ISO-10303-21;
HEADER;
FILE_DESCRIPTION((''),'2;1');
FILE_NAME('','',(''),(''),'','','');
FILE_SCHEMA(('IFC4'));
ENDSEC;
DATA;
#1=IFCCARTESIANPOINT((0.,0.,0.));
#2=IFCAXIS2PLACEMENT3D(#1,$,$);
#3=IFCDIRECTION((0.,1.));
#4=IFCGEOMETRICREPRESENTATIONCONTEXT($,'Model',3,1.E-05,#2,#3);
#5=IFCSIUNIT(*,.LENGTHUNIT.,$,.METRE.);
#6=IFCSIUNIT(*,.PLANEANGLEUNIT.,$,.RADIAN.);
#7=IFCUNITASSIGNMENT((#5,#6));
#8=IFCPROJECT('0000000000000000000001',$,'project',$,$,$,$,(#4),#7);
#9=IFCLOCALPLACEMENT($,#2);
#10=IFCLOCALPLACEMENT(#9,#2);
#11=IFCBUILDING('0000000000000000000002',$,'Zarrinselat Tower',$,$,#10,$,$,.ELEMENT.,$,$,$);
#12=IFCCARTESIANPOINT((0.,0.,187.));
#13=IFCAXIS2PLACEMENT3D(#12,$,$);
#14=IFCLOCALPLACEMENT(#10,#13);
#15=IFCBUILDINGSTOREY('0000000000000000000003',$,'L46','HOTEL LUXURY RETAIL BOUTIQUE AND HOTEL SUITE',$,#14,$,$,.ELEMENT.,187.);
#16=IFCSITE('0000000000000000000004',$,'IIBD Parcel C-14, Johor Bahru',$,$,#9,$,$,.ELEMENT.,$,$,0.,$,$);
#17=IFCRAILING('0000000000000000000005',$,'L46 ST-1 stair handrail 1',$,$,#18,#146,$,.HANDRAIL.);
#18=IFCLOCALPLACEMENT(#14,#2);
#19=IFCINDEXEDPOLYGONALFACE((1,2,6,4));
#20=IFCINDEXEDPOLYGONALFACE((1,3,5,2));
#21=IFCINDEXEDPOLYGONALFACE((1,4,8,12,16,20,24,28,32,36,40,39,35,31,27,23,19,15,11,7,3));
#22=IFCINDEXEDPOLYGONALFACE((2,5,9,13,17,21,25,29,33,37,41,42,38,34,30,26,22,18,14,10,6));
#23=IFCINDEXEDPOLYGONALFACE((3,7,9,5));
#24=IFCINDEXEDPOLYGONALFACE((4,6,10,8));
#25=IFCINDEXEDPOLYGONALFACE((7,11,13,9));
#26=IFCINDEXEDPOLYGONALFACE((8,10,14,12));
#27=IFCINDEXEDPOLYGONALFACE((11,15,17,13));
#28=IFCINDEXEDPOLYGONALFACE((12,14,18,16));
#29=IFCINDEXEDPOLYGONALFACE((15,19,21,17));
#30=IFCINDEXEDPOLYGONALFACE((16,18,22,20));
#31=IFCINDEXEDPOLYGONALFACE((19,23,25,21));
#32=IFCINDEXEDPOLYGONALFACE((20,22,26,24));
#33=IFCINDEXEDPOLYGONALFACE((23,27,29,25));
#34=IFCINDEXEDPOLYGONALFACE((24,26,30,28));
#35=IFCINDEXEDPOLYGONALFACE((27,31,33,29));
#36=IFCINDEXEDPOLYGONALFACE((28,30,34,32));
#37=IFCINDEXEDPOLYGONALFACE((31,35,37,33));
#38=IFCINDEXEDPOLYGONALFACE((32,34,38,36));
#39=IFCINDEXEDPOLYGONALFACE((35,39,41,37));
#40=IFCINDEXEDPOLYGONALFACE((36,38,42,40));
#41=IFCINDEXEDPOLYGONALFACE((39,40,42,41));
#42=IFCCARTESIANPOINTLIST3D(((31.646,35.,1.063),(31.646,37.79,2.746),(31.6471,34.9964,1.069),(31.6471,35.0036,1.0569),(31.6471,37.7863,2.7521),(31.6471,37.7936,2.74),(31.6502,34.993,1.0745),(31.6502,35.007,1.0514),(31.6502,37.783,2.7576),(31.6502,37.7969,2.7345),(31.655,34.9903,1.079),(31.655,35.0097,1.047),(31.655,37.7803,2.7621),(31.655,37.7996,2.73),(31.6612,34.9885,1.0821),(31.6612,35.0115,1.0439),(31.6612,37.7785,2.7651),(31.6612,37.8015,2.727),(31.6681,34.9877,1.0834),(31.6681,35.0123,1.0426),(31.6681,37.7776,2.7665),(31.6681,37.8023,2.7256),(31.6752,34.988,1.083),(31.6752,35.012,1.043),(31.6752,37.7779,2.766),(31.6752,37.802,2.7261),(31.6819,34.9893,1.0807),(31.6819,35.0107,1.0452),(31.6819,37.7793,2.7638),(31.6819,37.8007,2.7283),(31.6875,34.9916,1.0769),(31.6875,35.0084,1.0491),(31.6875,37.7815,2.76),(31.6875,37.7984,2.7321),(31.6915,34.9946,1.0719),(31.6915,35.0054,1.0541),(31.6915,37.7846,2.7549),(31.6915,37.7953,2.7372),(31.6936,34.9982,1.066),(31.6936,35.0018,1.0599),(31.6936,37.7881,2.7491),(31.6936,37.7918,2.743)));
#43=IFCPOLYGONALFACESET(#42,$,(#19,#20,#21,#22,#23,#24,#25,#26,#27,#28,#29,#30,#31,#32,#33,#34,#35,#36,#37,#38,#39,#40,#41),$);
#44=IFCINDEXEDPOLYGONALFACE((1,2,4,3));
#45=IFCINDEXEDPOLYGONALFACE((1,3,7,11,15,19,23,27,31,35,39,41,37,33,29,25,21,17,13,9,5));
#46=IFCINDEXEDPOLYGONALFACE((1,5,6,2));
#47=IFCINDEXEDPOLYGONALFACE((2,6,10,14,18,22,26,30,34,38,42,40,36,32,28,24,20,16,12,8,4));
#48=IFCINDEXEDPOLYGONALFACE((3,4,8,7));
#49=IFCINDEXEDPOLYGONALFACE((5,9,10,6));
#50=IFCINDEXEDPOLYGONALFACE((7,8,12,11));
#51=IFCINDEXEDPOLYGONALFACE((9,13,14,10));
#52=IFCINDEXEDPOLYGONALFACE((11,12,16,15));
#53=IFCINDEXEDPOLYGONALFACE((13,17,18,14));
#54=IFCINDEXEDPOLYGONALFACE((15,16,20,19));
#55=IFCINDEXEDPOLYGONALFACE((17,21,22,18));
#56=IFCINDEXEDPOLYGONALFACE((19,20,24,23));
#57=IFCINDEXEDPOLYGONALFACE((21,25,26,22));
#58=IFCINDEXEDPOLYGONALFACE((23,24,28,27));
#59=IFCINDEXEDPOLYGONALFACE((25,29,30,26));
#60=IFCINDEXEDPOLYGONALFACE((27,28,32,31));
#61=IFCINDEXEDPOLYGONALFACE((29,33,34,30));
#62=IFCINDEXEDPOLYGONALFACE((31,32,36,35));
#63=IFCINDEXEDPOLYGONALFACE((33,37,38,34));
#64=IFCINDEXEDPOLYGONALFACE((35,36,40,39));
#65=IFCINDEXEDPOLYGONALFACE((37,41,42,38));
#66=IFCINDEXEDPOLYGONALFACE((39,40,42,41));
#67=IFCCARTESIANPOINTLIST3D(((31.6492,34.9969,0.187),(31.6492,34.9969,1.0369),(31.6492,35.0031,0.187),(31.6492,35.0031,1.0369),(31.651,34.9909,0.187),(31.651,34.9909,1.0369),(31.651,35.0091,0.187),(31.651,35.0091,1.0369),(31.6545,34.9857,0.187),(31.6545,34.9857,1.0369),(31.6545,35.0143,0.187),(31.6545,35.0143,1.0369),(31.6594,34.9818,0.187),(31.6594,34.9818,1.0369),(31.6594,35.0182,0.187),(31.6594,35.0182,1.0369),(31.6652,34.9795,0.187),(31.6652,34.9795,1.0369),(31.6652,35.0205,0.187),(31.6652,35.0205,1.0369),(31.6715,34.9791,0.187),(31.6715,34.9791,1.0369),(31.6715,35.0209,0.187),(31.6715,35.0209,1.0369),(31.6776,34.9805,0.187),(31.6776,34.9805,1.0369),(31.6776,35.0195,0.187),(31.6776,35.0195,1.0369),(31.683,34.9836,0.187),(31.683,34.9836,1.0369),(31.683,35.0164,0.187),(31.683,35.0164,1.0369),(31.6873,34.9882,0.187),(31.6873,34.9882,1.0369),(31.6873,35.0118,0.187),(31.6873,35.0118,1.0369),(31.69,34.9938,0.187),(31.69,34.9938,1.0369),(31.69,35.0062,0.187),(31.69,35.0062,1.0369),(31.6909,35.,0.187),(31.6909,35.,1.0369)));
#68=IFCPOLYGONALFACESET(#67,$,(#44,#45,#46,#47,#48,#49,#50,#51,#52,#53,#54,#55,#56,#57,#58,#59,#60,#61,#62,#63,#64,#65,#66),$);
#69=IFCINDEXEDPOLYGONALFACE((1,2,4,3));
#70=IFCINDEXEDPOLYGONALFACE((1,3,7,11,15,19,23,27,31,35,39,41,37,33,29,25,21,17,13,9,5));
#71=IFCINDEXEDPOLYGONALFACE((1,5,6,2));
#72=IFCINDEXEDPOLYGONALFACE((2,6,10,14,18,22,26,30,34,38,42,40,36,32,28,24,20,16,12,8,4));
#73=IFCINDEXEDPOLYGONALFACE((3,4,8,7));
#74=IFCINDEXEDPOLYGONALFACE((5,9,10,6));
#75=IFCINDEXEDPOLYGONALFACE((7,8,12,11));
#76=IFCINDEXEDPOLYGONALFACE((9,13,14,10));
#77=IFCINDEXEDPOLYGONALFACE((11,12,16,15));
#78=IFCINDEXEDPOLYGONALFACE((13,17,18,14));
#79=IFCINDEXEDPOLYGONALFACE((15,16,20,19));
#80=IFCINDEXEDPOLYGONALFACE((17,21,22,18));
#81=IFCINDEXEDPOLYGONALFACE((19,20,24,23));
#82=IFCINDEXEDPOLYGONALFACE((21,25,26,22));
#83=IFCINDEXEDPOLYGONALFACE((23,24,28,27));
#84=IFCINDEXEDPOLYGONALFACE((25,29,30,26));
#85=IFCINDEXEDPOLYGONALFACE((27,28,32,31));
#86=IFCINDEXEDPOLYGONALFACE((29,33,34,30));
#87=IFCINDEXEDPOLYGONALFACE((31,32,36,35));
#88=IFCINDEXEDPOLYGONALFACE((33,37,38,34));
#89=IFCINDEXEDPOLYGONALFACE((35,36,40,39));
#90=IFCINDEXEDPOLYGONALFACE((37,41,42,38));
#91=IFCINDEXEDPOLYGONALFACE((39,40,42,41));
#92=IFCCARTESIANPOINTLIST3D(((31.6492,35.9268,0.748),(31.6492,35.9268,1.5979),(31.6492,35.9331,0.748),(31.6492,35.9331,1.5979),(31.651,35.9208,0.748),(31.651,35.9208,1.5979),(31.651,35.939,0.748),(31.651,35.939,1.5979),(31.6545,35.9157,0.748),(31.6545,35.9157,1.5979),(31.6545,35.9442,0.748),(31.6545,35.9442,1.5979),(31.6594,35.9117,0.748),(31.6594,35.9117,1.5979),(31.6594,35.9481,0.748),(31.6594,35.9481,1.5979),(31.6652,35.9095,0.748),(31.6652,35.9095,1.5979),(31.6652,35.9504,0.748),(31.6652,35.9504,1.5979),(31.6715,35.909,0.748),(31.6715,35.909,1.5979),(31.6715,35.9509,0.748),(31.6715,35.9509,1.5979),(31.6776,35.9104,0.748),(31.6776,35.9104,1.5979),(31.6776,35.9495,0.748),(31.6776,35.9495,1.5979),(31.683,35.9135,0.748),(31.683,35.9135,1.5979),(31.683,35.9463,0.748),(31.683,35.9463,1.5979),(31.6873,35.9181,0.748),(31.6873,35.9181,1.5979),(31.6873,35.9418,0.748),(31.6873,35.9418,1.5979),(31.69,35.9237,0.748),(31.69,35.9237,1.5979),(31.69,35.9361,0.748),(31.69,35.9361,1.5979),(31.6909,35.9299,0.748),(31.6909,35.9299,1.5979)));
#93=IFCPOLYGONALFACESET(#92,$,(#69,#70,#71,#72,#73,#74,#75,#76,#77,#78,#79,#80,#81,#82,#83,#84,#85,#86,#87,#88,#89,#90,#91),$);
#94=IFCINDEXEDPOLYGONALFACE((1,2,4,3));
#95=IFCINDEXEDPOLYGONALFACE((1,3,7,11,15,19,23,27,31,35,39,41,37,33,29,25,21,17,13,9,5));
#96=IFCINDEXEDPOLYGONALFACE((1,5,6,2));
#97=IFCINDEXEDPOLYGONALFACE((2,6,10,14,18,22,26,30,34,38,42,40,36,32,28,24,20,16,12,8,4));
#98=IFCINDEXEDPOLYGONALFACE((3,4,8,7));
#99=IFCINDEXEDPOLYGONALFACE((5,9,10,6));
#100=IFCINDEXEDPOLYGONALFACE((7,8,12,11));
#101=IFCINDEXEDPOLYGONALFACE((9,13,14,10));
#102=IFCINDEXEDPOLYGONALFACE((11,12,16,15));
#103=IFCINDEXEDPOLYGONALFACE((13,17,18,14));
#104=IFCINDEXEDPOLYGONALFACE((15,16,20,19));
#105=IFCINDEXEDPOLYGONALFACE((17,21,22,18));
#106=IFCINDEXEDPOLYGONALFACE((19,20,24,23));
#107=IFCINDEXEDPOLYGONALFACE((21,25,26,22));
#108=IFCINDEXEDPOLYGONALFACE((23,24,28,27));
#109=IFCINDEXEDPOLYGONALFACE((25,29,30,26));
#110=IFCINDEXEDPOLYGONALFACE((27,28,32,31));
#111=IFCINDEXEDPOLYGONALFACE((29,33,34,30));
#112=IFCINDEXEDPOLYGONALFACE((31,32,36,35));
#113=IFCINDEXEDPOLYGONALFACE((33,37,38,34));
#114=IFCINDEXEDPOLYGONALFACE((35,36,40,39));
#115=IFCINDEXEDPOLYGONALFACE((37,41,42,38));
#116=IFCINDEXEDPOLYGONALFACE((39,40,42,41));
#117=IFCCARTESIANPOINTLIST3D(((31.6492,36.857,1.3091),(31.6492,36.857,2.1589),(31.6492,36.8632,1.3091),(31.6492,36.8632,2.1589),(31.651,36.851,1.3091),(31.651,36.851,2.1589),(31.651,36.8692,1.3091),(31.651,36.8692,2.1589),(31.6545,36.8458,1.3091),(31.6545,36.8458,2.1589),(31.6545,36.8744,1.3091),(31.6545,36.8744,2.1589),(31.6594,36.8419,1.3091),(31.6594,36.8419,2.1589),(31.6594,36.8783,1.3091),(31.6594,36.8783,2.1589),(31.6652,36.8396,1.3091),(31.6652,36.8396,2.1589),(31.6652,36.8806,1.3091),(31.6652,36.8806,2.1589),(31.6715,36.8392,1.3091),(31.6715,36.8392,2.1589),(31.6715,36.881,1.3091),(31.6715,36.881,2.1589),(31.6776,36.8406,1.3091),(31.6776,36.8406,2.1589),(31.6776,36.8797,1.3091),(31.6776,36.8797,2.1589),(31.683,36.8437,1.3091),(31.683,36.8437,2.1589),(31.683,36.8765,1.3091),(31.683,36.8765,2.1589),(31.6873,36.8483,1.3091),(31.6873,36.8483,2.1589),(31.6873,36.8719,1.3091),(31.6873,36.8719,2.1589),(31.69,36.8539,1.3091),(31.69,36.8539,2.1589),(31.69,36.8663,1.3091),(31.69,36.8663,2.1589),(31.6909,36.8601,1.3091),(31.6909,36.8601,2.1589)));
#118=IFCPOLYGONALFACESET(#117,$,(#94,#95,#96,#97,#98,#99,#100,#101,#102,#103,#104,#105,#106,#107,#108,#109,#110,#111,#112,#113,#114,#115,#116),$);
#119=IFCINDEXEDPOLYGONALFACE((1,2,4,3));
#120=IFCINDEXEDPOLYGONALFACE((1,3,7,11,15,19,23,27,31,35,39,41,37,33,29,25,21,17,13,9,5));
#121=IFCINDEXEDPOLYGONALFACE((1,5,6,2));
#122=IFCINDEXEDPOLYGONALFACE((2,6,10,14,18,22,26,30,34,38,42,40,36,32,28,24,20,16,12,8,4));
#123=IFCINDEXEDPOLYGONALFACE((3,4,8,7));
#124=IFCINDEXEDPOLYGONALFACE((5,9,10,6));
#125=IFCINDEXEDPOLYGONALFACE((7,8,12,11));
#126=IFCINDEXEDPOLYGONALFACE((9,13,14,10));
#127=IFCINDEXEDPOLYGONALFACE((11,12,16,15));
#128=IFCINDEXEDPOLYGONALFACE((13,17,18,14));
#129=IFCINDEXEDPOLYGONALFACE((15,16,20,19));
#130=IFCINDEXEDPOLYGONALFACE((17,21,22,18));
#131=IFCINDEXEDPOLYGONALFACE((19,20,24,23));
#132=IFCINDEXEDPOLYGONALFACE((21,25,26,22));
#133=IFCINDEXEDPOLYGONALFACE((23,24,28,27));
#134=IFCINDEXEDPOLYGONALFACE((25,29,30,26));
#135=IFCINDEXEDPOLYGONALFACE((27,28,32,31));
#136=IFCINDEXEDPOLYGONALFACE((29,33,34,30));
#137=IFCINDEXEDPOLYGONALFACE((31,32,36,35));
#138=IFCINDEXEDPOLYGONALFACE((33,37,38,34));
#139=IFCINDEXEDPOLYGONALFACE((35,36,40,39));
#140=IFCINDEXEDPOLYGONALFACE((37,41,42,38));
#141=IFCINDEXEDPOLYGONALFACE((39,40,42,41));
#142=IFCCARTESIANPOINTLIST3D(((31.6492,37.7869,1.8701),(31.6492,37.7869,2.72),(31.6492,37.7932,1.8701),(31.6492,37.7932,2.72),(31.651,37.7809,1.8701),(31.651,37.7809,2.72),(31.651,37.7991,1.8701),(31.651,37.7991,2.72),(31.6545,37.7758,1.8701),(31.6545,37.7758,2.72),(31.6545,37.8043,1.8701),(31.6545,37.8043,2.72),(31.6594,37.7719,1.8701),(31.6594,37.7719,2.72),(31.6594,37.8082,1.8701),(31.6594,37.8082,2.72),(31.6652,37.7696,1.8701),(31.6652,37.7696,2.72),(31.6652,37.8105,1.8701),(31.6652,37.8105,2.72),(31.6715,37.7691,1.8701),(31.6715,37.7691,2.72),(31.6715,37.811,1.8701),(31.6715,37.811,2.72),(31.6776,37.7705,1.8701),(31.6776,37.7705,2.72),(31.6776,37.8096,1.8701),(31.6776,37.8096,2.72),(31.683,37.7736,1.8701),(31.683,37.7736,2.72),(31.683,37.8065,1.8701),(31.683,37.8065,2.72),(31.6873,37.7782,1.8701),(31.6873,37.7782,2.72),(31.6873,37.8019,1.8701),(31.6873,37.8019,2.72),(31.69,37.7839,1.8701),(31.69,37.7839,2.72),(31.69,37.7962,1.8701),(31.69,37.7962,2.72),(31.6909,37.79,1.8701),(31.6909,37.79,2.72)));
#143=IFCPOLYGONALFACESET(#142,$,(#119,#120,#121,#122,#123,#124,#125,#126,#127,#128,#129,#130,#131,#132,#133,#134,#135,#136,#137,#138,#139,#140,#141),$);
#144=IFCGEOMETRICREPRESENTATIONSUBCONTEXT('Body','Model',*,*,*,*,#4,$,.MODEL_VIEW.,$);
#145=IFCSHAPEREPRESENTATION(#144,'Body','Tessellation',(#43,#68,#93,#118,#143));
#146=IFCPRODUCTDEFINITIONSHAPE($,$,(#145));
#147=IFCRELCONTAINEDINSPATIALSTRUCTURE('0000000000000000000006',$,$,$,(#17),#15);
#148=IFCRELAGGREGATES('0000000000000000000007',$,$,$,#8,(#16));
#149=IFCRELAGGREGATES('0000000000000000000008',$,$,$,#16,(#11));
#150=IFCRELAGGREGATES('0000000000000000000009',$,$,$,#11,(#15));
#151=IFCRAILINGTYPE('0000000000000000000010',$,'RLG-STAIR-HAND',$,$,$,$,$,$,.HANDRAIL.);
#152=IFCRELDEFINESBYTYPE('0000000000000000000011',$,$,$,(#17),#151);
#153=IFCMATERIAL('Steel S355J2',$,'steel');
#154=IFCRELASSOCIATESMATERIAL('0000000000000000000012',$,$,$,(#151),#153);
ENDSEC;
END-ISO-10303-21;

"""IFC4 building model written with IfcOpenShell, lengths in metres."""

from ifc_helpers import new_model, si_unit, direction, frame, origin, origin_2d, place, context, subcontext, project, spatial, circle, extrude, material, type_object, element, save


model = new_model("IFC4")

# Units and contexts
model_context = context("Model", 3, precision=1e-05, world=origin(), true_north=direction((0.0, 1.0)))
body_context = subcontext(model_context, "Body", "Model", "MODEL_VIEW")
ifc_project = project(units=[si_unit("LENGTHUNIT", "METRE"), si_unit("PLANEANGLEUNIT", "RADIAN")], contexts=[model_context])

# Site, building, storey
site_placement = place(None, origin())
site = spatial("IfcSite", under=ifc_project, at=site_placement, Name="IIBD Parcel C-14, Johor Bahru", CompositionType="ELEMENT", RefElevation=0.0)
building_placement = place(site_placement, origin())
building = spatial("IfcBuilding", under=site, at=building_placement, Name="Zarrinselat Tower", CompositionType="ELEMENT")
storey_placement = place(building_placement, frame((0.0, 0.0, 187.0)))
storey = spatial("IfcBuildingStorey", under=building, at=storey_placement, Name="L46", Description="HOTEL LUXURY RETAIL BOUTIQUE AND HOTEL SUITE", CompositionType="ELEMENT", Elevation=187.0)

# Railing
ifc_material_1 = material(Name="Steel S355J2", Category="steel")
railing_type_1 = type_object("IfcRailingType", Name="RLG-STAIR-HAND", PredefinedType="HANDRAIL", material=ifc_material_1)
railing_1_placement = place(storey_placement, frame((31.6699, 35.0, 0.187)))
element("IfcRailing", 1, at=railing_1_placement, inside=storey, type_object=railing_type_1, Name="L46 ST-1 stair handrail 1", PredefinedType="HANDRAIL", context=body_context, shape_type="SweptSolid", body=[
    extrude(circle(Radius=0.0239, at=origin_2d()), frame((0.0, 0.0, 0.876), z_axis=(0.0, 0.856261, 0.516544), x_axis=(-1.0, 0.0, 0.0)), (0.0, 0.0, 1.0), 3.2583),
    extrude(circle(Radius=0.021, at=origin_2d()), origin(), (0.0, 0.0, 1.0), 0.8499),
    extrude(circle(Radius=0.021, at=origin_2d()), frame((0.0, 0.9299, 0.561)), (0.0, 0.0, 1.0), 0.8499),
    extrude(circle(Radius=0.021, at=origin_2d()), frame((0.0, 1.8601, 1.1221)), (0.0, 0.0, 1.0), 0.8499),
    extrude(circle(Radius=0.021, at=origin_2d()), frame((0.0, 2.79, 1.6831)), (0.0, 0.0, 1.0), 0.8499),
])

save(model, "model.ifc")
